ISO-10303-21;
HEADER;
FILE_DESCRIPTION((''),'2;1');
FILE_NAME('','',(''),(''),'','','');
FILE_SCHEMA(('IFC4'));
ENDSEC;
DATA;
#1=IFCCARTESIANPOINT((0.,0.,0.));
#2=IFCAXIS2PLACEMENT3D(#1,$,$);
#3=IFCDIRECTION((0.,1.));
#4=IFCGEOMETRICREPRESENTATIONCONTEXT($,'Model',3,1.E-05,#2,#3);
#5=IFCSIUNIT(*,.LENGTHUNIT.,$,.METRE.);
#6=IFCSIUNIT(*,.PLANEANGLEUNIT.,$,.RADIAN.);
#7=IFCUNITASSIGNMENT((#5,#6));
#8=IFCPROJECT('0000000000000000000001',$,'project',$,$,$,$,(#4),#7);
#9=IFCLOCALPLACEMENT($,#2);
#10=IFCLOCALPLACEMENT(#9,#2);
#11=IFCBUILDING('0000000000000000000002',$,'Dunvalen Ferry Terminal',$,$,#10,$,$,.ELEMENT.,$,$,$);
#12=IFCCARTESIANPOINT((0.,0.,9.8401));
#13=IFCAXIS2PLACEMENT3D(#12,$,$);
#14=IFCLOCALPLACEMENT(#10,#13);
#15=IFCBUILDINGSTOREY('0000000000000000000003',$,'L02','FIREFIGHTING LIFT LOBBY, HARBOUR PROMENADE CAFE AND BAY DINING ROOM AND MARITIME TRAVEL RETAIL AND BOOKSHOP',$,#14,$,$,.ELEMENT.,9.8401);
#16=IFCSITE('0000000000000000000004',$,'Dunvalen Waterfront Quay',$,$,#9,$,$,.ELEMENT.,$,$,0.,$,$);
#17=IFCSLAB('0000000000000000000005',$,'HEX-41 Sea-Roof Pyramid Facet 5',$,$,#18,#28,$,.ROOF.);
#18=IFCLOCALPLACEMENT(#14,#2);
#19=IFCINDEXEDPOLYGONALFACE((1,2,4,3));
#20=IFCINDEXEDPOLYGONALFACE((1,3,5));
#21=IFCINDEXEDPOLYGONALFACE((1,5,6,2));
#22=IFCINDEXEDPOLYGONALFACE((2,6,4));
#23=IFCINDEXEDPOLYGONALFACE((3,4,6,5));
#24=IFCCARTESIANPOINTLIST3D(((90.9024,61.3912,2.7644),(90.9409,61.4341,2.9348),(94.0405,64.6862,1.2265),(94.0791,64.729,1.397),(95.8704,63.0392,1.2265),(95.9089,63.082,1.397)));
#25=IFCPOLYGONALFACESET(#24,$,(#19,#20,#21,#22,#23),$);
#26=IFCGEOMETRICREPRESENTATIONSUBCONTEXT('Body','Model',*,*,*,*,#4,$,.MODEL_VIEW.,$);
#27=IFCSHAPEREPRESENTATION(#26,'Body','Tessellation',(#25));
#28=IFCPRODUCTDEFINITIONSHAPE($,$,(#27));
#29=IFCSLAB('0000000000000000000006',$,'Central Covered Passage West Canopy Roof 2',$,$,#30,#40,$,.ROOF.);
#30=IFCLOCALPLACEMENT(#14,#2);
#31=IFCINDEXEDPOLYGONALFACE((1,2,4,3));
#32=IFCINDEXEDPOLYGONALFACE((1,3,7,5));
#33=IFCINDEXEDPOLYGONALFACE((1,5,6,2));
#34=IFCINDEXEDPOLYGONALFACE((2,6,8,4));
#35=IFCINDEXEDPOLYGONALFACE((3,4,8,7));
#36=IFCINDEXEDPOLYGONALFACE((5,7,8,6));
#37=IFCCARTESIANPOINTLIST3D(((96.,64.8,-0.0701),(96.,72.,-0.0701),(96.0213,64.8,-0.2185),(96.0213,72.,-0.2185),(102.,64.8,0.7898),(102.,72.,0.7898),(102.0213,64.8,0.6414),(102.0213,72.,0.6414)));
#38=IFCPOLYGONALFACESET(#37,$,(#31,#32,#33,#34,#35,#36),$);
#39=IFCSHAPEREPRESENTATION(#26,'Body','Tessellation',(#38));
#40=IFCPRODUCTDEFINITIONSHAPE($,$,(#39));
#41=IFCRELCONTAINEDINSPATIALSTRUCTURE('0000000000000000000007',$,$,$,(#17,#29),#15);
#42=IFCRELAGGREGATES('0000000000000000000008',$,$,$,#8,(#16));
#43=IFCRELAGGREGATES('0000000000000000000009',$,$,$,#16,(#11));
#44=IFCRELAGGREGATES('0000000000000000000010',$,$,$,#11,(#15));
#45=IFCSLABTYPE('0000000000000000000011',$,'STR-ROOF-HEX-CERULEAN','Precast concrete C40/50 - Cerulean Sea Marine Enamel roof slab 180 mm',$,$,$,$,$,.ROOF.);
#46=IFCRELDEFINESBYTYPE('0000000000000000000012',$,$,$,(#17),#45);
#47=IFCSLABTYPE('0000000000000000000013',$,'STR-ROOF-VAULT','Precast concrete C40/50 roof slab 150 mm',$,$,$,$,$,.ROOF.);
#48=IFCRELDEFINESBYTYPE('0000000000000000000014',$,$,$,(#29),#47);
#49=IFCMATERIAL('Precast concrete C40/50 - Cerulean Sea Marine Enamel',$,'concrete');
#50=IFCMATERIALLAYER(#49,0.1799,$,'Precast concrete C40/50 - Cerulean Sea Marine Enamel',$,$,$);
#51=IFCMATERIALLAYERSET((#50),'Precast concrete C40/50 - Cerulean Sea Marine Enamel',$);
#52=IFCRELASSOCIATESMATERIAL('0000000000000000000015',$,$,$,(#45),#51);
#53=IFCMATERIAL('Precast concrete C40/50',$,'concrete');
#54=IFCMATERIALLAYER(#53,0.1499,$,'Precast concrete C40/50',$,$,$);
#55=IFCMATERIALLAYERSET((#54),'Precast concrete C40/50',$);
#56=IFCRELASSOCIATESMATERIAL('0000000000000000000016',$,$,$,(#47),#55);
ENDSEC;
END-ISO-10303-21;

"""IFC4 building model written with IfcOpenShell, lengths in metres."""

from ifc_helpers import new_model, si_unit, direction, frame, origin, place, context, subcontext, project, spatial, polyline, outline, extrude, material, layer, layer_set, type_object, element, save


model = new_model("IFC4")

# Units and contexts
model_context = context("Model", 3, precision=1e-05, world=origin(), true_north=direction((0.0, 1.0)))
body_context = subcontext(model_context, "Body", "Model", "MODEL_VIEW")
ifc_project = project(units=[si_unit("LENGTHUNIT", "METRE"), si_unit("PLANEANGLEUNIT", "RADIAN")], contexts=[model_context])

# Site, building, storey
site_placement = place(None, origin())
site = spatial("IfcSite", under=ifc_project, at=site_placement, Name="Dunvalen Waterfront Quay", CompositionType="ELEMENT", RefElevation=0.0)
building_placement = place(site_placement, origin())
building = spatial("IfcBuilding", under=site, at=building_placement, Name="Dunvalen Ferry Terminal", CompositionType="ELEMENT")
storey_placement = place(building_placement, frame((0.0, 0.0, 9.8401)))
storey = spatial("IfcBuildingStorey", under=building, at=storey_placement, Name="L02", Description="FIREFIGHTING LIFT LOBBY, HARBOUR PROMENADE CAFE AND BAY DINING ROOM AND MARITIME TRAVEL RETAIL AND BOOKSHOP", CompositionType="ELEMENT", Elevation=9.8401)

# Slabs
ifc_material_1 = material(Name="Precast concrete C40/50 - Cerulean Sea Marine Enamel", Category="concrete")
ifc_layer_1 = layer(ifc_material_1, 0.1799, Name="Precast concrete C40/50 - Cerulean Sea Marine Enamel")
ifc_layer_set_1 = layer_set([ifc_layer_1], Name="Precast concrete C40/50 - Cerulean Sea Marine Enamel")
slab_type_1 = type_object("IfcSlabType", Name="STR-ROOF-HEX-CERULEAN", Description="Precast concrete C40/50 - Cerulean Sea Marine Enamel roof slab 180 mm", PredefinedType="ROOF", material=ifc_layer_set_1)
slab_1_placement = place(storey_placement, frame((95.9089, 63.082, 1.397), z_axis=(0.214273, 0.238063, 0.947319), x_axis=(-0.743269, 0.668992, 0.0)))
element("IfcSlab", 1, at=slab_1_placement, inside=storey, type_object=slab_type_1, Name="HEX-41 Sea-Roof Pyramid Facet 5", PredefinedType="ROOF", context=body_context, shape_type="SweptSolid", body=[
    extrude(outline(polyline([(0.0, 0.0), (2.4619, 0.0), (2.5901, 4.8014), (0.0, 0.0)])), origin(), (0.0, 0.0, -1.0), 0.1799),
])
ifc_material_2 = material(Name="Precast concrete C40/50", Category="concrete")
ifc_layer_2 = layer(ifc_material_2, 0.1499, Name="Precast concrete C40/50")
ifc_layer_set_2 = layer_set([ifc_layer_2], Name="Precast concrete C40/50")
slab_type_2 = type_object("IfcSlabType", Name="STR-ROOF-VAULT", Description="Precast concrete C40/50 roof slab 150 mm", PredefinedType="ROOF", material=ifc_layer_set_2)
slab_2_placement = place(storey_placement, frame((96.0, 64.8, -0.0701), z_axis=(-0.141861, 0.0, 0.989887), x_axis=(0.989887, 0.0, 0.141861)))
element("IfcSlab", 2, at=slab_2_placement, inside=storey, type_object=slab_type_2, Name="Central Covered Passage West Canopy Roof 2", PredefinedType="ROOF", context=body_context, shape_type="SweptSolid", body=[
    extrude(outline(polyline([(0.0, 0.0), (6.0613, 0.0), (6.0613, 7.2), (0.0, 7.2), (0.0, 0.0)])), origin(), (0.0, 0.0, -1.0), 0.1499),
])

save(model, "model.ifc")
